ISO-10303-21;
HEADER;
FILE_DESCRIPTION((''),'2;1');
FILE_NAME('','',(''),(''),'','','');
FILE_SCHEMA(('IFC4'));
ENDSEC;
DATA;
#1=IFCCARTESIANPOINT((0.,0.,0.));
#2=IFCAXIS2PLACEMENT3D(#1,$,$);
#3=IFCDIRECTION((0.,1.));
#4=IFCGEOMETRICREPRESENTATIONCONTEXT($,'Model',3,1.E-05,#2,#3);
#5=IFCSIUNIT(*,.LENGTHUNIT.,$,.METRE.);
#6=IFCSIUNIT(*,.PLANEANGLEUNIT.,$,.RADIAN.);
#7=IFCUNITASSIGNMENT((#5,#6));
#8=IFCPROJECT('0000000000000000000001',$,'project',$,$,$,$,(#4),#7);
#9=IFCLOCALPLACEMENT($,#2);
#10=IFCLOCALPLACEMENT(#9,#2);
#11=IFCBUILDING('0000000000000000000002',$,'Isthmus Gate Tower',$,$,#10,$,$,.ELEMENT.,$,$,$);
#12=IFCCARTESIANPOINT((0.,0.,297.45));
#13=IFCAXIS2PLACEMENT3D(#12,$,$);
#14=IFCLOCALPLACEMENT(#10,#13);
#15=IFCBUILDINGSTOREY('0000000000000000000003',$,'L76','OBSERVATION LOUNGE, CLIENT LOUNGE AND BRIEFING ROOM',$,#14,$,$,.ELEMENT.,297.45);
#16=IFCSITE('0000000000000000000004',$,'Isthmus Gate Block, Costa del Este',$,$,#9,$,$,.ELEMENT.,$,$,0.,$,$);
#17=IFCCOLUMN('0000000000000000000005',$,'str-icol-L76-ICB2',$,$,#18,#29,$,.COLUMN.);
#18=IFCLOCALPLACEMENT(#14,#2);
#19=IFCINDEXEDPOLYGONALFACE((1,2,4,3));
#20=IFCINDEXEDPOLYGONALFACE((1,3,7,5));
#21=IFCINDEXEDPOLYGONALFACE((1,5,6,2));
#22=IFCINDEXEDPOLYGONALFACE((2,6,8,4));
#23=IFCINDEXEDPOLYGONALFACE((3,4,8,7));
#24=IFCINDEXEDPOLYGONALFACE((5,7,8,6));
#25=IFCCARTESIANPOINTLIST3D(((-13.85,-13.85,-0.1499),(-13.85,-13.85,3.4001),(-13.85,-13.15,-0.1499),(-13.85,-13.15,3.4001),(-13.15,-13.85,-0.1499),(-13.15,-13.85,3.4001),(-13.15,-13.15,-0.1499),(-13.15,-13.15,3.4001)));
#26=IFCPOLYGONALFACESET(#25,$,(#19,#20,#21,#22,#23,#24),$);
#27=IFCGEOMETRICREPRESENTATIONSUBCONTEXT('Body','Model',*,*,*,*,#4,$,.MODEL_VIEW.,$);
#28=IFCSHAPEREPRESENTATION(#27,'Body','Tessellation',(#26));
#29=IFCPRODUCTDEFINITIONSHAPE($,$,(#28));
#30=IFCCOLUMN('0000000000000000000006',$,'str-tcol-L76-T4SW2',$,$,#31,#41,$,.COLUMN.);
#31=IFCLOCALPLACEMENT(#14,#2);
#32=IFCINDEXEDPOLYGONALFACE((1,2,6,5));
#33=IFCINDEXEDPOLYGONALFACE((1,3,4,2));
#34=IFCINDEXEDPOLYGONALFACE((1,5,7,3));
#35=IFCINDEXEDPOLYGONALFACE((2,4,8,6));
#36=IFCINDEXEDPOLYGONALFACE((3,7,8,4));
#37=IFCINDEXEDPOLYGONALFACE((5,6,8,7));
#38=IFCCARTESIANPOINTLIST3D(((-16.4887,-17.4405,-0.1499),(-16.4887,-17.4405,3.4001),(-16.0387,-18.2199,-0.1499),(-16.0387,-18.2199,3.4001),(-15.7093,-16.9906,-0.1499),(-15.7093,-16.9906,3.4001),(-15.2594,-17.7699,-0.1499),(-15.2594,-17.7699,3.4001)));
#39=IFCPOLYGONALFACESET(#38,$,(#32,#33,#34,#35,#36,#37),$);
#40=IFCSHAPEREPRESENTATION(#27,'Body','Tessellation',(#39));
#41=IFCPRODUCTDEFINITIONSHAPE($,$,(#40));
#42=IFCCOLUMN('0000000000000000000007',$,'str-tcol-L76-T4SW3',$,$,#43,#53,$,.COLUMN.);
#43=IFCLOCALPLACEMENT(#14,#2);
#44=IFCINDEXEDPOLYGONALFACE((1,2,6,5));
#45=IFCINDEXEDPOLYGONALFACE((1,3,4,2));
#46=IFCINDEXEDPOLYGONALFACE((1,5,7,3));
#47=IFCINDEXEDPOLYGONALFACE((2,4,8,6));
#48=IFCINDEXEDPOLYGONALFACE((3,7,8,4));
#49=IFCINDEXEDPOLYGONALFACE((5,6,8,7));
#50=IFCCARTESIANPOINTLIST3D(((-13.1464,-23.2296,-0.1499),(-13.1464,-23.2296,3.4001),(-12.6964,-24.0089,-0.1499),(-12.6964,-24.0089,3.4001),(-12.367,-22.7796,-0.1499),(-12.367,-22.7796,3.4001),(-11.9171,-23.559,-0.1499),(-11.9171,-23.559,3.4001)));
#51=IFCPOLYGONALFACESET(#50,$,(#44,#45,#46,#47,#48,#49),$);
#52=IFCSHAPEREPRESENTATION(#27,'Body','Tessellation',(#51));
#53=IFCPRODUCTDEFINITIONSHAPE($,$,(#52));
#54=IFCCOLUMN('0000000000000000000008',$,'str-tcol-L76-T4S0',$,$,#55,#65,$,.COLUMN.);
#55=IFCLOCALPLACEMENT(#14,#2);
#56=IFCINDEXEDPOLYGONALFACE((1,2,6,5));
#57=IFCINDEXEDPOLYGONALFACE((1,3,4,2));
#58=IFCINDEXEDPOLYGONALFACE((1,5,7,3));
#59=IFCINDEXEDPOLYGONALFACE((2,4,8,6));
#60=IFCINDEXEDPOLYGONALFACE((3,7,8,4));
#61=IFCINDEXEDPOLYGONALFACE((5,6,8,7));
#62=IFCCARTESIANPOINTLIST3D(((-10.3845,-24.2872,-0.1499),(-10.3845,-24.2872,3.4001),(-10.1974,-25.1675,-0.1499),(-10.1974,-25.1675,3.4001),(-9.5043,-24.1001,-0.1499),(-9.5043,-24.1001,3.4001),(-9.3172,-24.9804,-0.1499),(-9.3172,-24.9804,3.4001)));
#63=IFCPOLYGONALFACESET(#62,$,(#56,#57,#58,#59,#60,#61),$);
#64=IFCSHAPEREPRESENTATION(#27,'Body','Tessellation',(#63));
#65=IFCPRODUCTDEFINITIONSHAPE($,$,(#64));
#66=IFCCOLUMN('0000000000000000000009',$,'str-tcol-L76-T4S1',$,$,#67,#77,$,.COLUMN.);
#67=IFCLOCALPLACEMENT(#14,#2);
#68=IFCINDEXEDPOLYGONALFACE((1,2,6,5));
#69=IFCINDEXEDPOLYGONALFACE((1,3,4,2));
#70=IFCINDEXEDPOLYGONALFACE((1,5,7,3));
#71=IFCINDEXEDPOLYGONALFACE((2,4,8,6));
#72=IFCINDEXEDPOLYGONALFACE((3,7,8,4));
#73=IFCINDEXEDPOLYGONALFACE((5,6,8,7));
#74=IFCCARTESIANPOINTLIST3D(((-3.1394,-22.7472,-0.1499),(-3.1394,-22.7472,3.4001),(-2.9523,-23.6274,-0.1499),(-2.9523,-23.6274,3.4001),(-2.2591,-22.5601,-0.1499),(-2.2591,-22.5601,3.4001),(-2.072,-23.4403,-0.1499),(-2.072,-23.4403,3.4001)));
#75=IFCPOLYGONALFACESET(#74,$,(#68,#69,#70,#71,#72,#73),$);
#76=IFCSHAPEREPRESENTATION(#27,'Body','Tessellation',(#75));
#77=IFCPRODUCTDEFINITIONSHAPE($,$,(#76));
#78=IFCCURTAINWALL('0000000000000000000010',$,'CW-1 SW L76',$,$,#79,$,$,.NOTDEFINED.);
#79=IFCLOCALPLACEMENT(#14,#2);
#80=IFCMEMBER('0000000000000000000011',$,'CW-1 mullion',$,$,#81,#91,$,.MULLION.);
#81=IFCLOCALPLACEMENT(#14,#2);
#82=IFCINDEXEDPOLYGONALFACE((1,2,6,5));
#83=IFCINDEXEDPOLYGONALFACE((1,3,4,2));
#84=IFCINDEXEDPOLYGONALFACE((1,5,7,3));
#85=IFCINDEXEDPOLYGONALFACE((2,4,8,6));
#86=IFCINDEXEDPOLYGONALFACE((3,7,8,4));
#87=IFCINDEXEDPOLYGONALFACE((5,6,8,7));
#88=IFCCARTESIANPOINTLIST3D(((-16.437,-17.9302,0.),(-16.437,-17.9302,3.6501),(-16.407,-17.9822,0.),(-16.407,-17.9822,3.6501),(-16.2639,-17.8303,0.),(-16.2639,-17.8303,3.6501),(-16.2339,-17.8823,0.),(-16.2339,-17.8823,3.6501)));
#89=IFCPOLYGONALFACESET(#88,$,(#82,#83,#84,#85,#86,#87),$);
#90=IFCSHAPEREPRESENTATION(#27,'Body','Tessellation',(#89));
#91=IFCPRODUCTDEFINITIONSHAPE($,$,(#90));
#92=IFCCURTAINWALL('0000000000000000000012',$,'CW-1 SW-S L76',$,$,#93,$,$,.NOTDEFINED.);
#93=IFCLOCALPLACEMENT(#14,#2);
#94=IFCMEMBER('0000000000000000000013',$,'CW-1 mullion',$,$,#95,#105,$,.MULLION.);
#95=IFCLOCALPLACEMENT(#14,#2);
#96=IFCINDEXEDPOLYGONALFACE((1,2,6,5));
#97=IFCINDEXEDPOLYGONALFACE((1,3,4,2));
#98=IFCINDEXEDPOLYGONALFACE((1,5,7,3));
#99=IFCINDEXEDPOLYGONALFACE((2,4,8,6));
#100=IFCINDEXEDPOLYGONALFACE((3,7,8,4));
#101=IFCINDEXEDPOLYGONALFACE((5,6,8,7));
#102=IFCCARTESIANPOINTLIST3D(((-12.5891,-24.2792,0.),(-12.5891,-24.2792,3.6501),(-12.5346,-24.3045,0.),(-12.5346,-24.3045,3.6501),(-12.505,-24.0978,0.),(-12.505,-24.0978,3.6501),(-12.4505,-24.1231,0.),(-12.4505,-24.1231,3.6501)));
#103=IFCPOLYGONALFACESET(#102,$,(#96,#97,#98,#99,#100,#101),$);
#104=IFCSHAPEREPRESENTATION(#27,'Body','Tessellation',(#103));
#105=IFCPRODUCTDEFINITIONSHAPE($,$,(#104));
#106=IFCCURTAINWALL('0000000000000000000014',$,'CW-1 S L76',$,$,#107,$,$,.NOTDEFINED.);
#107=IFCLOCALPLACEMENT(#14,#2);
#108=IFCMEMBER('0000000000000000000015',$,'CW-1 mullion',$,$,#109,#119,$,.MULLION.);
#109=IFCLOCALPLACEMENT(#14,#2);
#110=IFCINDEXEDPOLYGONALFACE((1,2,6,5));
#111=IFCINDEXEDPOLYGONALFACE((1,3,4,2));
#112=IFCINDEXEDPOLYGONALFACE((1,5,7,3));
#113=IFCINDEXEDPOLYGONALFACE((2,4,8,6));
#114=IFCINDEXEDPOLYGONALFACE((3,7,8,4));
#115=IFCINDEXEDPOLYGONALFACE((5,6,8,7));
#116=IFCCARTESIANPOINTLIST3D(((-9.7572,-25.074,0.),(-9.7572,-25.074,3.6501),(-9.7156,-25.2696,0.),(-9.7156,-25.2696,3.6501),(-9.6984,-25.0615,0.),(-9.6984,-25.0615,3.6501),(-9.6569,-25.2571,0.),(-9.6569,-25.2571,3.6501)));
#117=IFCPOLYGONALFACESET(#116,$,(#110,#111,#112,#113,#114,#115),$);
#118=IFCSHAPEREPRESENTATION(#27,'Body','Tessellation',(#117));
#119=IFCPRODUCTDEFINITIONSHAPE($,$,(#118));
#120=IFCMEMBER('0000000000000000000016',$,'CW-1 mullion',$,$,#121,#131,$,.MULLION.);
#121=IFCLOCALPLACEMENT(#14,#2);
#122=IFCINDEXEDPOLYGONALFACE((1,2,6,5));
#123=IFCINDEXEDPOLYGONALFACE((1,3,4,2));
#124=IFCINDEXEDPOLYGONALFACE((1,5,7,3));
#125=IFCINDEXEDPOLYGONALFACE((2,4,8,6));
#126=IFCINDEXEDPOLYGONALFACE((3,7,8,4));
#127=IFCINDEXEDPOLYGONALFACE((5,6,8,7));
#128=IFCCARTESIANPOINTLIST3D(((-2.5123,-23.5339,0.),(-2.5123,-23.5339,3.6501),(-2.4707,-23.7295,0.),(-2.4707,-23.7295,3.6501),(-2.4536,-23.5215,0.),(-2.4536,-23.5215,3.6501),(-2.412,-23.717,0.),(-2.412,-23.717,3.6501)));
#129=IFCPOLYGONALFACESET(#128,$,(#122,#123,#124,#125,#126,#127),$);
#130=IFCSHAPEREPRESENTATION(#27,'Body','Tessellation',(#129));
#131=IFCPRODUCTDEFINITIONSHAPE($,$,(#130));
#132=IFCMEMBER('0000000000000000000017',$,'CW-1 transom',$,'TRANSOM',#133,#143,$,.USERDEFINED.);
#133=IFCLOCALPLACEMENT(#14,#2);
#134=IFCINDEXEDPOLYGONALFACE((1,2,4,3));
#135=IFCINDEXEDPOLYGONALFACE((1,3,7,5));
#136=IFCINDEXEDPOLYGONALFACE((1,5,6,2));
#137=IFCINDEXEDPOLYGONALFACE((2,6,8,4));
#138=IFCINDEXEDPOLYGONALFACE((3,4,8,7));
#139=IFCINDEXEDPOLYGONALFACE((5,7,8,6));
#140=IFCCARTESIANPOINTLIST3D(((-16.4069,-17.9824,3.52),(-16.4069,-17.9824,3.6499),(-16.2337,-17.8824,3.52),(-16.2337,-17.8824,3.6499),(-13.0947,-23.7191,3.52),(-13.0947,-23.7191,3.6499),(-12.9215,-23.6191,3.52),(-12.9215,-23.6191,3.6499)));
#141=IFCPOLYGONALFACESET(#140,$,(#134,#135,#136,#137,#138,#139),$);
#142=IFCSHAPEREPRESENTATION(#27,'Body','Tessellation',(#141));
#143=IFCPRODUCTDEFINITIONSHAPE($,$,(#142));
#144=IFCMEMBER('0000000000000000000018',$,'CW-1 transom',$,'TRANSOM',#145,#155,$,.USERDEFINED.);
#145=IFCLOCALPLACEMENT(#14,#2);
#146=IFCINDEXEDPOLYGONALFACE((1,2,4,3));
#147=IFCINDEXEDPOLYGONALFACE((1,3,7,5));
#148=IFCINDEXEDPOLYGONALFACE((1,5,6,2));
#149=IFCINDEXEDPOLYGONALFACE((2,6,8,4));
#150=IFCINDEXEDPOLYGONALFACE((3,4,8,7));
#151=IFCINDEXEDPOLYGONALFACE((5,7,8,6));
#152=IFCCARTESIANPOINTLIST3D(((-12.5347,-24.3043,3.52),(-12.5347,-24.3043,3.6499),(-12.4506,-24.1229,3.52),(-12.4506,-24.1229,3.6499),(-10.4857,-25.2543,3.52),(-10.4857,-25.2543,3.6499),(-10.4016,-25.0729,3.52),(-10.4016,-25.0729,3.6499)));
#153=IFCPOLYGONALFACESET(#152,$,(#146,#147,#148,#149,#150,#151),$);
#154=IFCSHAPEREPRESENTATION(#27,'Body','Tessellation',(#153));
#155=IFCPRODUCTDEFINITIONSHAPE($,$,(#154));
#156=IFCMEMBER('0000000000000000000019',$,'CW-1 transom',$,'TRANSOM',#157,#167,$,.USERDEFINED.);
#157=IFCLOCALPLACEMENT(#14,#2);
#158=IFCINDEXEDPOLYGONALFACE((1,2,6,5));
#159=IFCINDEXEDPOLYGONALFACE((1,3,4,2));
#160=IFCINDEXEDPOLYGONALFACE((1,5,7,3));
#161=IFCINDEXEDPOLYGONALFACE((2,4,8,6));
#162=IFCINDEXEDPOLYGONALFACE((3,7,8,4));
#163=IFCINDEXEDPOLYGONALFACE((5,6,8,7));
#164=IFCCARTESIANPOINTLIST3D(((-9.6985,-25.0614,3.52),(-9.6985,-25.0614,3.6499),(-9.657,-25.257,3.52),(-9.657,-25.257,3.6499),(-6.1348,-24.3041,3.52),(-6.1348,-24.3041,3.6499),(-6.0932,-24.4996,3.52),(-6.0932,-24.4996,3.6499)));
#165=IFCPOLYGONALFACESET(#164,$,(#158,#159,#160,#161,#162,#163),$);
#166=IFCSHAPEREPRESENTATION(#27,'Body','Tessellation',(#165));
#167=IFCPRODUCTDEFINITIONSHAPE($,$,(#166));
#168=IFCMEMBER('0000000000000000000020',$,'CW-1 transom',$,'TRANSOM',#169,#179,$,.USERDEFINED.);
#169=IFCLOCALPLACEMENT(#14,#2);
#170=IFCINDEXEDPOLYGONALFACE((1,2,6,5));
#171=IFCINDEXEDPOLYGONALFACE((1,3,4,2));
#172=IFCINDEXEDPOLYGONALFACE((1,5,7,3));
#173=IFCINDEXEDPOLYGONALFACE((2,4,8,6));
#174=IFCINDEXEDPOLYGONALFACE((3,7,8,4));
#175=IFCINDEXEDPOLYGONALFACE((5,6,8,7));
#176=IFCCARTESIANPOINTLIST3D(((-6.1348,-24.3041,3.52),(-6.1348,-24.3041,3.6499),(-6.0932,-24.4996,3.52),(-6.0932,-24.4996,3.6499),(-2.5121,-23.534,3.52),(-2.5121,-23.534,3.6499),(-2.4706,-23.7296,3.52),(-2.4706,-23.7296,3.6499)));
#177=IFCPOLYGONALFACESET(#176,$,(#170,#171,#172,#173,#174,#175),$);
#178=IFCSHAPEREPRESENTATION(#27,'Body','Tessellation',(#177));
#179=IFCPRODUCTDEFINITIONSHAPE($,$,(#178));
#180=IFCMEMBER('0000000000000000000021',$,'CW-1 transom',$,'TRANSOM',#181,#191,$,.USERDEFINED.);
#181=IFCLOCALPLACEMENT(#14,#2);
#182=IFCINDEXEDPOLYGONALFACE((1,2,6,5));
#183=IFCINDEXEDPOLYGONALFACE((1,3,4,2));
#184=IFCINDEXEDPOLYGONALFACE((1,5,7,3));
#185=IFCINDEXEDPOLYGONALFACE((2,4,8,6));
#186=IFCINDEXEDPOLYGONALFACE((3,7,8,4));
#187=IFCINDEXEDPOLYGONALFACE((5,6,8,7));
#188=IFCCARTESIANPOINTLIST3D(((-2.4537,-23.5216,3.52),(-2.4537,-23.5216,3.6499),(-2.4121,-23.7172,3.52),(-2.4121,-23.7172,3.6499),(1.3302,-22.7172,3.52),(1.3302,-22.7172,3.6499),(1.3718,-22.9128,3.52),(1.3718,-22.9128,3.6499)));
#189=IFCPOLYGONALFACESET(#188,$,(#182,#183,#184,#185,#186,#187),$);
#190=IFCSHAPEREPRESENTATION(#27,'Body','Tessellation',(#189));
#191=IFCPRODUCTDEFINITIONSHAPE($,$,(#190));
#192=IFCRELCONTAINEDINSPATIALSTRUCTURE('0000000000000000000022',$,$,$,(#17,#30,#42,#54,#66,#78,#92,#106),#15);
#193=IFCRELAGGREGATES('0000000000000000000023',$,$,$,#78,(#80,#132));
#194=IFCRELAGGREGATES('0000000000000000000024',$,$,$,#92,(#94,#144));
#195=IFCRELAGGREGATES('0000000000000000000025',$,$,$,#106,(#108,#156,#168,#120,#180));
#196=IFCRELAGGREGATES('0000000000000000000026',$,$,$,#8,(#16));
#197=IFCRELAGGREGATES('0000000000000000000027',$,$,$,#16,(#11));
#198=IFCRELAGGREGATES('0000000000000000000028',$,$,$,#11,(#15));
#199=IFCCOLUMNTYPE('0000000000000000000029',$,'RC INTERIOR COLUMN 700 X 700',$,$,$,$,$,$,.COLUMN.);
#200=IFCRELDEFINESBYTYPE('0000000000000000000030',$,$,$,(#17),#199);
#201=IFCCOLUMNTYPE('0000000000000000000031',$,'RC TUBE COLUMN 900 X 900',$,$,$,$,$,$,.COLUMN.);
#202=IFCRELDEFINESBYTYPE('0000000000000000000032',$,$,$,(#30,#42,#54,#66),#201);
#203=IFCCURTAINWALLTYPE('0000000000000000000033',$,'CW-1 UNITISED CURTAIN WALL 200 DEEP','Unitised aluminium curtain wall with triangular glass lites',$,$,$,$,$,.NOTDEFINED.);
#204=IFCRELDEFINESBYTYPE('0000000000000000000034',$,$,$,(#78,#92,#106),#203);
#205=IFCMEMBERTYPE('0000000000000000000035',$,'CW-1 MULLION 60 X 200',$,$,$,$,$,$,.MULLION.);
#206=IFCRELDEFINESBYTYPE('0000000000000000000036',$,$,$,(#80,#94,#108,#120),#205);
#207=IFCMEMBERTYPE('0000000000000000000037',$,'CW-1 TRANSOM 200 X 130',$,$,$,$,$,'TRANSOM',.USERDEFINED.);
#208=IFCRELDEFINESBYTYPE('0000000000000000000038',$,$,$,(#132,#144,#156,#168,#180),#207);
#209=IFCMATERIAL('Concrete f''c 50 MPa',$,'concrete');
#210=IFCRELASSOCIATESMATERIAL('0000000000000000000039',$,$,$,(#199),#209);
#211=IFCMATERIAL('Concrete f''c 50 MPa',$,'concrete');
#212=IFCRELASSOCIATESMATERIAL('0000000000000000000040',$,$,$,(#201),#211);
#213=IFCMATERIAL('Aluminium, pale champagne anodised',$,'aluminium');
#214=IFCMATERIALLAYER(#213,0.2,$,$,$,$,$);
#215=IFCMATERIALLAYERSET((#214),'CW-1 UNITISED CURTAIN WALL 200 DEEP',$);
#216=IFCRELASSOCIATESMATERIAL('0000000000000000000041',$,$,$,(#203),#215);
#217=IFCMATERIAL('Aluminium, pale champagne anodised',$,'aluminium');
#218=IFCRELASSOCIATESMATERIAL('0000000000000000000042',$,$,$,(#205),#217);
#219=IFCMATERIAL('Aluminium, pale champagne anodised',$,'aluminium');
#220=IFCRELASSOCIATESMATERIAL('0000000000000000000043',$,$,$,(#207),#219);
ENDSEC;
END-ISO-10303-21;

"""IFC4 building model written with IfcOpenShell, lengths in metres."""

from ifc_helpers import new_model, si_unit, direction, frame, origin, origin_2d, place, context, subcontext, project, spatial, rectangle, extrude, material, layer, layer_set, material_profile, profile_set, type_object, element, aggregate, save


model = new_model("IFC4")

# Units and contexts
model_context = context("Model", 3, precision=1e-05, world=origin(), true_north=direction((0.0, 1.0)))
body_context = subcontext(model_context, "Body", "Model", "MODEL_VIEW")
ifc_project = project(units=[si_unit("LENGTHUNIT", "METRE"), si_unit("PLANEANGLEUNIT", "RADIAN")], contexts=[model_context])

# Site, building, storey
site_placement = place(None, origin())
site = spatial("IfcSite", under=ifc_project, at=site_placement, Name="Isthmus Gate Block, Costa del Este", CompositionType="ELEMENT", RefElevation=0.0)
building_placement = place(site_placement, origin())
building = spatial("IfcBuilding", under=site, at=building_placement, Name="Isthmus Gate Tower", CompositionType="ELEMENT")
storey_placement = place(building_placement, frame((0.0, 0.0, 297.45)))
storey = spatial("IfcBuildingStorey", under=building, at=storey_placement, Name="L76", Description="OBSERVATION LOUNGE, CLIENT LOUNGE AND BRIEFING ROOM", CompositionType="ELEMENT", Elevation=297.45)

# Columns
ifc_material_1 = material(Name="Concrete f'c 50 MPa", Category="concrete")
ifc_material_profile_1 = material_profile(ifc_material_1, rectangle(XDim=0.7, YDim=0.7, at=origin_2d()), Name="RC 700X700")
ifc_profile_set_1 = profile_set([ifc_material_profile_1], Name="Concrete f'c 50 MPa")
column_type_1 = type_object("IfcColumnType", Name="RC INTERIOR COLUMN 700 X 700", PredefinedType="COLUMN", material=ifc_profile_set_1)
column_placement = place(storey_placement, frame((-13.5, -13.5, -0.1499), z_axis=(0.0, 0.0, 1.0), x_axis=(1.0, 0.0, 0.0)))
element("IfcColumn", 1, at=column_placement, inside=storey, type_object=column_type_1, Name="str-icol-L76-ICB2", PredefinedType="COLUMN", context=body_context, shape_type="SweptSolid", body=[
    extrude(rectangle(XDim=0.7, YDim=0.7, at=origin_2d()), origin(), (0.0, 0.0, 1.0), 3.55),
])
ifc_material_2 = material(Name="Concrete f'c 50 MPa", Category="concrete")
ifc_material_profile_2 = material_profile(ifc_material_2, rectangle(XDim=0.8999, YDim=0.8999, at=origin_2d()), Name="RC 900X900")
ifc_profile_set_2 = profile_set([ifc_material_profile_2], Name="Concrete f'c 50 MPa")
column_type_2 = type_object("IfcColumnType", Name="RC TUBE COLUMN 900 X 900", PredefinedType="COLUMN", material=ifc_profile_set_2)
for number, where, z_axis, x_axis, name in (
    (2, (-15.874, -17.6052, -0.1499), (0.0, 0.0, 1.0), (0.5, -0.866025, 0.0), "str-tcol-L76-T4SW2"),
    (3, (-12.5317, -23.3943, -0.1499), (0.0, 0.0, 1.0), (0.5, -0.866025, 0.0), "str-tcol-L76-T4SW3"),
    (4, (-9.8508, -24.6338, -0.1499), (0.0, 0.0, 1.0), (0.978148, 0.207912, 0.0), "str-tcol-L76-T4S0"),
    (5, (-2.6057, -23.0938, -0.1499), (0.0, 0.0, 1.0), (0.978148, 0.207912, 0.0), "str-tcol-L76-T4S1"),
):
    element("IfcColumn", number, at=place(storey_placement, frame(where, z_axis=z_axis, x_axis=x_axis)), inside=storey, type_object=column_type_2, Name=name, PredefinedType="COLUMN", context=body_context, shape_type="SweptSolid", body=[
        extrude(rectangle(XDim=0.8999, YDim=0.8999, at=origin_2d()), origin(), (0.0, 0.0, 1.0), 3.55),
    ])

# Curtain walls, members
ifc_material_3 = material(Name="Aluminium, pale champagne anodised", Category="aluminium")
ifc_layer_1 = layer(ifc_material_3, 0.2)
ifc_layer_set_1 = layer_set([ifc_layer_1], Name="CW-1 UNITISED CURTAIN WALL 200 DEEP")
curtain_wall_type = type_object("IfcCurtainWallType", Name="CW-1 UNITISED CURTAIN WALL 200 DEEP", Description="Unitised aluminium curtain wall with triangular glass lites", PredefinedType="NOTDEFINED", material=ifc_layer_set_1)
curtain_wall_1_placement = place(storey_placement, origin())
curtain_wall_1 = element("IfcCurtainWall", 6, at=curtain_wall_1_placement, inside=storey, type_object=curtain_wall_type, Name="CW-1 SW L76", PredefinedType="NOTDEFINED")
ifc_material_4 = material(Name="Aluminium, pale champagne anodised", Category="aluminium")
ifc_material_profile_3 = material_profile(ifc_material_4, rectangle(XDim=0.0601, YDim=0.2, at=origin_2d()), Name="60x200")
ifc_profile_set_3 = profile_set([ifc_material_profile_3], Name="Aluminium, pale champagne anodised")
member_type_1 = type_object("IfcMemberType", Name="CW-1 MULLION 60 X 200", PredefinedType="MULLION", material=ifc_profile_set_3)
member_1_placement = place(storey_placement, frame((-16.3354, -17.9062, 0.0), z_axis=(0.0, 0.0, 1.0), x_axis=(0.5, -0.866025, 0.0)))
member_1 = element("IfcMember", 7, at=member_1_placement, type_object=member_type_1, Name="CW-1 mullion", PredefinedType="MULLION", context=body_context, shape_type="SweptSolid", body=[
    extrude(rectangle(XDim=0.0601, YDim=0.2, at=origin_2d()), origin(), (0.0, 0.0, 1.0), 3.6501),
])
curtain_wall_2_placement = place(storey_placement, origin())
curtain_wall_2 = element("IfcCurtainWall", 8, at=curtain_wall_2_placement, inside=storey, type_object=curtain_wall_type, Name="CW-1 SW-S L76", PredefinedType="NOTDEFINED")
member_2_placement = place(storey_placement, frame((-12.5198, -24.2012, 0.0), z_axis=(0.0, 0.0, 1.0), x_axis=(0.907256, -0.420578, 0.0)))
member_2 = element("IfcMember", 9, at=member_2_placement, type_object=member_type_1, Name="CW-1 mullion", PredefinedType="MULLION", context=body_context, shape_type="SweptSolid", body=[
    extrude(rectangle(XDim=0.0601, YDim=0.2, at=origin_2d()), origin(), (0.0, 0.0, 1.0), 3.6501),
])

# Curtain wall, members
curtain_wall_3_placement = place(storey_placement, origin())
curtain_wall_3 = element("IfcCurtainWall", 10, at=curtain_wall_3_placement, inside=storey, type_object=curtain_wall_type, Name="CW-1 S L76", PredefinedType="NOTDEFINED")
member_3_placement = place(storey_placement, frame((-9.707, -25.1655, 0.0), z_axis=(0.0, 0.0, 1.0), x_axis=(0.978148, 0.207912, 0.0)))
member_3 = element("IfcMember", 11, at=member_3_placement, type_object=member_type_1, Name="CW-1 mullion", PredefinedType="MULLION", context=body_context, shape_type="SweptSolid", body=[
    extrude(rectangle(XDim=0.0601, YDim=0.2, at=origin_2d()), origin(), (0.0, 0.0, 1.0), 3.6501),
])
member_4_placement = place(storey_placement, frame((-2.4622, -23.6255, 0.0), z_axis=(0.0, 0.0, 1.0), x_axis=(0.978148, 0.207912, 0.0)))
member_4 = element("IfcMember", 12, at=member_4_placement, type_object=member_type_1, Name="CW-1 mullion", PredefinedType="MULLION", context=body_context, shape_type="SweptSolid", body=[
    extrude(rectangle(XDim=0.0601, YDim=0.2, at=origin_2d()), origin(), (0.0, 0.0, 1.0), 3.6501),
])

# Members
ifc_material_5 = material(Name="Aluminium, pale champagne anodised", Category="aluminium")
ifc_material_profile_4 = material_profile(ifc_material_5, rectangle(XDim=0.2, YDim=0.1299, at=origin_2d()), Name="200x130")
ifc_profile_set_4 = profile_set([ifc_material_profile_4], Name="Aluminium, pale champagne anodised")
member_type_2 = type_object("IfcMemberType", Name="CW-1 TRANSOM 200 X 130", ElementType="TRANSOM", PredefinedType="USERDEFINED", material=ifc_profile_set_4)
member_5_placement = place(storey_placement, frame((-16.3203, -17.9324, 3.585), z_axis=(0.500012, -0.866019, 0.0), x_axis=(0.866019, 0.500012, 0.0)))
member_5 = element("IfcMember", 13, at=member_5_placement, type_object=member_type_2, Name="CW-1 transom", ObjectType="TRANSOM", PredefinedType="USERDEFINED", context=body_context, shape_type="SweptSolid", body=[
    extrude(rectangle(XDim=0.2, YDim=0.1299, at=origin_2d()), origin(), (0.0, 0.0, 1.0), 6.6243),
])
member_6_placement = place(storey_placement, frame((-12.4927, -24.2136, 3.585), z_axis=(0.907246, -0.4206, 0.0), x_axis=(0.4206, 0.907246, 0.0)))
member_6 = element("IfcMember", 14, at=member_6_placement, type_object=member_type_2, Name="CW-1 transom", ObjectType="TRANSOM", PredefinedType="USERDEFINED", context=body_context, shape_type="SweptSolid", body=[
    extrude(rectangle(XDim=0.2, YDim=0.1299, at=origin_2d()), origin(), (0.0, 0.0, 1.0), 2.2585),
])
member_7_placement = place(storey_placement, frame((-9.6777, -25.1592, 3.585), z_axis=(0.978157, 0.207868, 0.0), x_axis=(-0.207868, 0.978157, 0.0)))
member_7 = element("IfcMember", 15, at=member_7_placement, type_object=member_type_2, Name="CW-1 transom", ObjectType="TRANSOM", PredefinedType="USERDEFINED", context=body_context, shape_type="SweptSolid", body=[
    extrude(rectangle(XDim=0.2, YDim=0.1299, at=origin_2d()), origin(), (0.0, 0.0, 1.0), 3.6433),
])
member_8_placement = place(storey_placement, frame((-6.114, -24.4019, 3.585), z_axis=(0.978146, 0.207917, 0.0), x_axis=(-0.207917, 0.978146, 0.0)))
member_8 = element("IfcMember", 16, at=member_8_placement, type_object=member_type_2, Name="CW-1 transom", ObjectType="TRANSOM", PredefinedType="USERDEFINED", context=body_context, shape_type="SweptSolid", body=[
    extrude(rectangle(XDim=0.2, YDim=0.1299, at=origin_2d()), origin(), (0.0, 0.0, 1.0), 3.7036),
])
member_9_placement = place(storey_placement, frame((-2.4329, -23.6194, 3.585), z_axis=(0.97814, 0.207947, 0.0), x_axis=(-0.207947, 0.97814, 0.0)))
member_9 = element("IfcMember", 17, at=member_9_placement, type_object=member_type_2, Name="CW-1 transom", ObjectType="TRANSOM", PredefinedType="USERDEFINED", context=body_context, shape_type="SweptSolid", body=[
    extrude(rectangle(XDim=0.2, YDim=0.1299, at=origin_2d()), origin(), (0.0, 0.0, 1.0), 3.8684),
])

aggregate(curtain_wall_1, [member_1, member_5])
aggregate(curtain_wall_2, [member_2, member_6])

aggregate(curtain_wall_3, [member_3, member_7, member_8, member_4, member_9])

save(model, "model.ifc")
